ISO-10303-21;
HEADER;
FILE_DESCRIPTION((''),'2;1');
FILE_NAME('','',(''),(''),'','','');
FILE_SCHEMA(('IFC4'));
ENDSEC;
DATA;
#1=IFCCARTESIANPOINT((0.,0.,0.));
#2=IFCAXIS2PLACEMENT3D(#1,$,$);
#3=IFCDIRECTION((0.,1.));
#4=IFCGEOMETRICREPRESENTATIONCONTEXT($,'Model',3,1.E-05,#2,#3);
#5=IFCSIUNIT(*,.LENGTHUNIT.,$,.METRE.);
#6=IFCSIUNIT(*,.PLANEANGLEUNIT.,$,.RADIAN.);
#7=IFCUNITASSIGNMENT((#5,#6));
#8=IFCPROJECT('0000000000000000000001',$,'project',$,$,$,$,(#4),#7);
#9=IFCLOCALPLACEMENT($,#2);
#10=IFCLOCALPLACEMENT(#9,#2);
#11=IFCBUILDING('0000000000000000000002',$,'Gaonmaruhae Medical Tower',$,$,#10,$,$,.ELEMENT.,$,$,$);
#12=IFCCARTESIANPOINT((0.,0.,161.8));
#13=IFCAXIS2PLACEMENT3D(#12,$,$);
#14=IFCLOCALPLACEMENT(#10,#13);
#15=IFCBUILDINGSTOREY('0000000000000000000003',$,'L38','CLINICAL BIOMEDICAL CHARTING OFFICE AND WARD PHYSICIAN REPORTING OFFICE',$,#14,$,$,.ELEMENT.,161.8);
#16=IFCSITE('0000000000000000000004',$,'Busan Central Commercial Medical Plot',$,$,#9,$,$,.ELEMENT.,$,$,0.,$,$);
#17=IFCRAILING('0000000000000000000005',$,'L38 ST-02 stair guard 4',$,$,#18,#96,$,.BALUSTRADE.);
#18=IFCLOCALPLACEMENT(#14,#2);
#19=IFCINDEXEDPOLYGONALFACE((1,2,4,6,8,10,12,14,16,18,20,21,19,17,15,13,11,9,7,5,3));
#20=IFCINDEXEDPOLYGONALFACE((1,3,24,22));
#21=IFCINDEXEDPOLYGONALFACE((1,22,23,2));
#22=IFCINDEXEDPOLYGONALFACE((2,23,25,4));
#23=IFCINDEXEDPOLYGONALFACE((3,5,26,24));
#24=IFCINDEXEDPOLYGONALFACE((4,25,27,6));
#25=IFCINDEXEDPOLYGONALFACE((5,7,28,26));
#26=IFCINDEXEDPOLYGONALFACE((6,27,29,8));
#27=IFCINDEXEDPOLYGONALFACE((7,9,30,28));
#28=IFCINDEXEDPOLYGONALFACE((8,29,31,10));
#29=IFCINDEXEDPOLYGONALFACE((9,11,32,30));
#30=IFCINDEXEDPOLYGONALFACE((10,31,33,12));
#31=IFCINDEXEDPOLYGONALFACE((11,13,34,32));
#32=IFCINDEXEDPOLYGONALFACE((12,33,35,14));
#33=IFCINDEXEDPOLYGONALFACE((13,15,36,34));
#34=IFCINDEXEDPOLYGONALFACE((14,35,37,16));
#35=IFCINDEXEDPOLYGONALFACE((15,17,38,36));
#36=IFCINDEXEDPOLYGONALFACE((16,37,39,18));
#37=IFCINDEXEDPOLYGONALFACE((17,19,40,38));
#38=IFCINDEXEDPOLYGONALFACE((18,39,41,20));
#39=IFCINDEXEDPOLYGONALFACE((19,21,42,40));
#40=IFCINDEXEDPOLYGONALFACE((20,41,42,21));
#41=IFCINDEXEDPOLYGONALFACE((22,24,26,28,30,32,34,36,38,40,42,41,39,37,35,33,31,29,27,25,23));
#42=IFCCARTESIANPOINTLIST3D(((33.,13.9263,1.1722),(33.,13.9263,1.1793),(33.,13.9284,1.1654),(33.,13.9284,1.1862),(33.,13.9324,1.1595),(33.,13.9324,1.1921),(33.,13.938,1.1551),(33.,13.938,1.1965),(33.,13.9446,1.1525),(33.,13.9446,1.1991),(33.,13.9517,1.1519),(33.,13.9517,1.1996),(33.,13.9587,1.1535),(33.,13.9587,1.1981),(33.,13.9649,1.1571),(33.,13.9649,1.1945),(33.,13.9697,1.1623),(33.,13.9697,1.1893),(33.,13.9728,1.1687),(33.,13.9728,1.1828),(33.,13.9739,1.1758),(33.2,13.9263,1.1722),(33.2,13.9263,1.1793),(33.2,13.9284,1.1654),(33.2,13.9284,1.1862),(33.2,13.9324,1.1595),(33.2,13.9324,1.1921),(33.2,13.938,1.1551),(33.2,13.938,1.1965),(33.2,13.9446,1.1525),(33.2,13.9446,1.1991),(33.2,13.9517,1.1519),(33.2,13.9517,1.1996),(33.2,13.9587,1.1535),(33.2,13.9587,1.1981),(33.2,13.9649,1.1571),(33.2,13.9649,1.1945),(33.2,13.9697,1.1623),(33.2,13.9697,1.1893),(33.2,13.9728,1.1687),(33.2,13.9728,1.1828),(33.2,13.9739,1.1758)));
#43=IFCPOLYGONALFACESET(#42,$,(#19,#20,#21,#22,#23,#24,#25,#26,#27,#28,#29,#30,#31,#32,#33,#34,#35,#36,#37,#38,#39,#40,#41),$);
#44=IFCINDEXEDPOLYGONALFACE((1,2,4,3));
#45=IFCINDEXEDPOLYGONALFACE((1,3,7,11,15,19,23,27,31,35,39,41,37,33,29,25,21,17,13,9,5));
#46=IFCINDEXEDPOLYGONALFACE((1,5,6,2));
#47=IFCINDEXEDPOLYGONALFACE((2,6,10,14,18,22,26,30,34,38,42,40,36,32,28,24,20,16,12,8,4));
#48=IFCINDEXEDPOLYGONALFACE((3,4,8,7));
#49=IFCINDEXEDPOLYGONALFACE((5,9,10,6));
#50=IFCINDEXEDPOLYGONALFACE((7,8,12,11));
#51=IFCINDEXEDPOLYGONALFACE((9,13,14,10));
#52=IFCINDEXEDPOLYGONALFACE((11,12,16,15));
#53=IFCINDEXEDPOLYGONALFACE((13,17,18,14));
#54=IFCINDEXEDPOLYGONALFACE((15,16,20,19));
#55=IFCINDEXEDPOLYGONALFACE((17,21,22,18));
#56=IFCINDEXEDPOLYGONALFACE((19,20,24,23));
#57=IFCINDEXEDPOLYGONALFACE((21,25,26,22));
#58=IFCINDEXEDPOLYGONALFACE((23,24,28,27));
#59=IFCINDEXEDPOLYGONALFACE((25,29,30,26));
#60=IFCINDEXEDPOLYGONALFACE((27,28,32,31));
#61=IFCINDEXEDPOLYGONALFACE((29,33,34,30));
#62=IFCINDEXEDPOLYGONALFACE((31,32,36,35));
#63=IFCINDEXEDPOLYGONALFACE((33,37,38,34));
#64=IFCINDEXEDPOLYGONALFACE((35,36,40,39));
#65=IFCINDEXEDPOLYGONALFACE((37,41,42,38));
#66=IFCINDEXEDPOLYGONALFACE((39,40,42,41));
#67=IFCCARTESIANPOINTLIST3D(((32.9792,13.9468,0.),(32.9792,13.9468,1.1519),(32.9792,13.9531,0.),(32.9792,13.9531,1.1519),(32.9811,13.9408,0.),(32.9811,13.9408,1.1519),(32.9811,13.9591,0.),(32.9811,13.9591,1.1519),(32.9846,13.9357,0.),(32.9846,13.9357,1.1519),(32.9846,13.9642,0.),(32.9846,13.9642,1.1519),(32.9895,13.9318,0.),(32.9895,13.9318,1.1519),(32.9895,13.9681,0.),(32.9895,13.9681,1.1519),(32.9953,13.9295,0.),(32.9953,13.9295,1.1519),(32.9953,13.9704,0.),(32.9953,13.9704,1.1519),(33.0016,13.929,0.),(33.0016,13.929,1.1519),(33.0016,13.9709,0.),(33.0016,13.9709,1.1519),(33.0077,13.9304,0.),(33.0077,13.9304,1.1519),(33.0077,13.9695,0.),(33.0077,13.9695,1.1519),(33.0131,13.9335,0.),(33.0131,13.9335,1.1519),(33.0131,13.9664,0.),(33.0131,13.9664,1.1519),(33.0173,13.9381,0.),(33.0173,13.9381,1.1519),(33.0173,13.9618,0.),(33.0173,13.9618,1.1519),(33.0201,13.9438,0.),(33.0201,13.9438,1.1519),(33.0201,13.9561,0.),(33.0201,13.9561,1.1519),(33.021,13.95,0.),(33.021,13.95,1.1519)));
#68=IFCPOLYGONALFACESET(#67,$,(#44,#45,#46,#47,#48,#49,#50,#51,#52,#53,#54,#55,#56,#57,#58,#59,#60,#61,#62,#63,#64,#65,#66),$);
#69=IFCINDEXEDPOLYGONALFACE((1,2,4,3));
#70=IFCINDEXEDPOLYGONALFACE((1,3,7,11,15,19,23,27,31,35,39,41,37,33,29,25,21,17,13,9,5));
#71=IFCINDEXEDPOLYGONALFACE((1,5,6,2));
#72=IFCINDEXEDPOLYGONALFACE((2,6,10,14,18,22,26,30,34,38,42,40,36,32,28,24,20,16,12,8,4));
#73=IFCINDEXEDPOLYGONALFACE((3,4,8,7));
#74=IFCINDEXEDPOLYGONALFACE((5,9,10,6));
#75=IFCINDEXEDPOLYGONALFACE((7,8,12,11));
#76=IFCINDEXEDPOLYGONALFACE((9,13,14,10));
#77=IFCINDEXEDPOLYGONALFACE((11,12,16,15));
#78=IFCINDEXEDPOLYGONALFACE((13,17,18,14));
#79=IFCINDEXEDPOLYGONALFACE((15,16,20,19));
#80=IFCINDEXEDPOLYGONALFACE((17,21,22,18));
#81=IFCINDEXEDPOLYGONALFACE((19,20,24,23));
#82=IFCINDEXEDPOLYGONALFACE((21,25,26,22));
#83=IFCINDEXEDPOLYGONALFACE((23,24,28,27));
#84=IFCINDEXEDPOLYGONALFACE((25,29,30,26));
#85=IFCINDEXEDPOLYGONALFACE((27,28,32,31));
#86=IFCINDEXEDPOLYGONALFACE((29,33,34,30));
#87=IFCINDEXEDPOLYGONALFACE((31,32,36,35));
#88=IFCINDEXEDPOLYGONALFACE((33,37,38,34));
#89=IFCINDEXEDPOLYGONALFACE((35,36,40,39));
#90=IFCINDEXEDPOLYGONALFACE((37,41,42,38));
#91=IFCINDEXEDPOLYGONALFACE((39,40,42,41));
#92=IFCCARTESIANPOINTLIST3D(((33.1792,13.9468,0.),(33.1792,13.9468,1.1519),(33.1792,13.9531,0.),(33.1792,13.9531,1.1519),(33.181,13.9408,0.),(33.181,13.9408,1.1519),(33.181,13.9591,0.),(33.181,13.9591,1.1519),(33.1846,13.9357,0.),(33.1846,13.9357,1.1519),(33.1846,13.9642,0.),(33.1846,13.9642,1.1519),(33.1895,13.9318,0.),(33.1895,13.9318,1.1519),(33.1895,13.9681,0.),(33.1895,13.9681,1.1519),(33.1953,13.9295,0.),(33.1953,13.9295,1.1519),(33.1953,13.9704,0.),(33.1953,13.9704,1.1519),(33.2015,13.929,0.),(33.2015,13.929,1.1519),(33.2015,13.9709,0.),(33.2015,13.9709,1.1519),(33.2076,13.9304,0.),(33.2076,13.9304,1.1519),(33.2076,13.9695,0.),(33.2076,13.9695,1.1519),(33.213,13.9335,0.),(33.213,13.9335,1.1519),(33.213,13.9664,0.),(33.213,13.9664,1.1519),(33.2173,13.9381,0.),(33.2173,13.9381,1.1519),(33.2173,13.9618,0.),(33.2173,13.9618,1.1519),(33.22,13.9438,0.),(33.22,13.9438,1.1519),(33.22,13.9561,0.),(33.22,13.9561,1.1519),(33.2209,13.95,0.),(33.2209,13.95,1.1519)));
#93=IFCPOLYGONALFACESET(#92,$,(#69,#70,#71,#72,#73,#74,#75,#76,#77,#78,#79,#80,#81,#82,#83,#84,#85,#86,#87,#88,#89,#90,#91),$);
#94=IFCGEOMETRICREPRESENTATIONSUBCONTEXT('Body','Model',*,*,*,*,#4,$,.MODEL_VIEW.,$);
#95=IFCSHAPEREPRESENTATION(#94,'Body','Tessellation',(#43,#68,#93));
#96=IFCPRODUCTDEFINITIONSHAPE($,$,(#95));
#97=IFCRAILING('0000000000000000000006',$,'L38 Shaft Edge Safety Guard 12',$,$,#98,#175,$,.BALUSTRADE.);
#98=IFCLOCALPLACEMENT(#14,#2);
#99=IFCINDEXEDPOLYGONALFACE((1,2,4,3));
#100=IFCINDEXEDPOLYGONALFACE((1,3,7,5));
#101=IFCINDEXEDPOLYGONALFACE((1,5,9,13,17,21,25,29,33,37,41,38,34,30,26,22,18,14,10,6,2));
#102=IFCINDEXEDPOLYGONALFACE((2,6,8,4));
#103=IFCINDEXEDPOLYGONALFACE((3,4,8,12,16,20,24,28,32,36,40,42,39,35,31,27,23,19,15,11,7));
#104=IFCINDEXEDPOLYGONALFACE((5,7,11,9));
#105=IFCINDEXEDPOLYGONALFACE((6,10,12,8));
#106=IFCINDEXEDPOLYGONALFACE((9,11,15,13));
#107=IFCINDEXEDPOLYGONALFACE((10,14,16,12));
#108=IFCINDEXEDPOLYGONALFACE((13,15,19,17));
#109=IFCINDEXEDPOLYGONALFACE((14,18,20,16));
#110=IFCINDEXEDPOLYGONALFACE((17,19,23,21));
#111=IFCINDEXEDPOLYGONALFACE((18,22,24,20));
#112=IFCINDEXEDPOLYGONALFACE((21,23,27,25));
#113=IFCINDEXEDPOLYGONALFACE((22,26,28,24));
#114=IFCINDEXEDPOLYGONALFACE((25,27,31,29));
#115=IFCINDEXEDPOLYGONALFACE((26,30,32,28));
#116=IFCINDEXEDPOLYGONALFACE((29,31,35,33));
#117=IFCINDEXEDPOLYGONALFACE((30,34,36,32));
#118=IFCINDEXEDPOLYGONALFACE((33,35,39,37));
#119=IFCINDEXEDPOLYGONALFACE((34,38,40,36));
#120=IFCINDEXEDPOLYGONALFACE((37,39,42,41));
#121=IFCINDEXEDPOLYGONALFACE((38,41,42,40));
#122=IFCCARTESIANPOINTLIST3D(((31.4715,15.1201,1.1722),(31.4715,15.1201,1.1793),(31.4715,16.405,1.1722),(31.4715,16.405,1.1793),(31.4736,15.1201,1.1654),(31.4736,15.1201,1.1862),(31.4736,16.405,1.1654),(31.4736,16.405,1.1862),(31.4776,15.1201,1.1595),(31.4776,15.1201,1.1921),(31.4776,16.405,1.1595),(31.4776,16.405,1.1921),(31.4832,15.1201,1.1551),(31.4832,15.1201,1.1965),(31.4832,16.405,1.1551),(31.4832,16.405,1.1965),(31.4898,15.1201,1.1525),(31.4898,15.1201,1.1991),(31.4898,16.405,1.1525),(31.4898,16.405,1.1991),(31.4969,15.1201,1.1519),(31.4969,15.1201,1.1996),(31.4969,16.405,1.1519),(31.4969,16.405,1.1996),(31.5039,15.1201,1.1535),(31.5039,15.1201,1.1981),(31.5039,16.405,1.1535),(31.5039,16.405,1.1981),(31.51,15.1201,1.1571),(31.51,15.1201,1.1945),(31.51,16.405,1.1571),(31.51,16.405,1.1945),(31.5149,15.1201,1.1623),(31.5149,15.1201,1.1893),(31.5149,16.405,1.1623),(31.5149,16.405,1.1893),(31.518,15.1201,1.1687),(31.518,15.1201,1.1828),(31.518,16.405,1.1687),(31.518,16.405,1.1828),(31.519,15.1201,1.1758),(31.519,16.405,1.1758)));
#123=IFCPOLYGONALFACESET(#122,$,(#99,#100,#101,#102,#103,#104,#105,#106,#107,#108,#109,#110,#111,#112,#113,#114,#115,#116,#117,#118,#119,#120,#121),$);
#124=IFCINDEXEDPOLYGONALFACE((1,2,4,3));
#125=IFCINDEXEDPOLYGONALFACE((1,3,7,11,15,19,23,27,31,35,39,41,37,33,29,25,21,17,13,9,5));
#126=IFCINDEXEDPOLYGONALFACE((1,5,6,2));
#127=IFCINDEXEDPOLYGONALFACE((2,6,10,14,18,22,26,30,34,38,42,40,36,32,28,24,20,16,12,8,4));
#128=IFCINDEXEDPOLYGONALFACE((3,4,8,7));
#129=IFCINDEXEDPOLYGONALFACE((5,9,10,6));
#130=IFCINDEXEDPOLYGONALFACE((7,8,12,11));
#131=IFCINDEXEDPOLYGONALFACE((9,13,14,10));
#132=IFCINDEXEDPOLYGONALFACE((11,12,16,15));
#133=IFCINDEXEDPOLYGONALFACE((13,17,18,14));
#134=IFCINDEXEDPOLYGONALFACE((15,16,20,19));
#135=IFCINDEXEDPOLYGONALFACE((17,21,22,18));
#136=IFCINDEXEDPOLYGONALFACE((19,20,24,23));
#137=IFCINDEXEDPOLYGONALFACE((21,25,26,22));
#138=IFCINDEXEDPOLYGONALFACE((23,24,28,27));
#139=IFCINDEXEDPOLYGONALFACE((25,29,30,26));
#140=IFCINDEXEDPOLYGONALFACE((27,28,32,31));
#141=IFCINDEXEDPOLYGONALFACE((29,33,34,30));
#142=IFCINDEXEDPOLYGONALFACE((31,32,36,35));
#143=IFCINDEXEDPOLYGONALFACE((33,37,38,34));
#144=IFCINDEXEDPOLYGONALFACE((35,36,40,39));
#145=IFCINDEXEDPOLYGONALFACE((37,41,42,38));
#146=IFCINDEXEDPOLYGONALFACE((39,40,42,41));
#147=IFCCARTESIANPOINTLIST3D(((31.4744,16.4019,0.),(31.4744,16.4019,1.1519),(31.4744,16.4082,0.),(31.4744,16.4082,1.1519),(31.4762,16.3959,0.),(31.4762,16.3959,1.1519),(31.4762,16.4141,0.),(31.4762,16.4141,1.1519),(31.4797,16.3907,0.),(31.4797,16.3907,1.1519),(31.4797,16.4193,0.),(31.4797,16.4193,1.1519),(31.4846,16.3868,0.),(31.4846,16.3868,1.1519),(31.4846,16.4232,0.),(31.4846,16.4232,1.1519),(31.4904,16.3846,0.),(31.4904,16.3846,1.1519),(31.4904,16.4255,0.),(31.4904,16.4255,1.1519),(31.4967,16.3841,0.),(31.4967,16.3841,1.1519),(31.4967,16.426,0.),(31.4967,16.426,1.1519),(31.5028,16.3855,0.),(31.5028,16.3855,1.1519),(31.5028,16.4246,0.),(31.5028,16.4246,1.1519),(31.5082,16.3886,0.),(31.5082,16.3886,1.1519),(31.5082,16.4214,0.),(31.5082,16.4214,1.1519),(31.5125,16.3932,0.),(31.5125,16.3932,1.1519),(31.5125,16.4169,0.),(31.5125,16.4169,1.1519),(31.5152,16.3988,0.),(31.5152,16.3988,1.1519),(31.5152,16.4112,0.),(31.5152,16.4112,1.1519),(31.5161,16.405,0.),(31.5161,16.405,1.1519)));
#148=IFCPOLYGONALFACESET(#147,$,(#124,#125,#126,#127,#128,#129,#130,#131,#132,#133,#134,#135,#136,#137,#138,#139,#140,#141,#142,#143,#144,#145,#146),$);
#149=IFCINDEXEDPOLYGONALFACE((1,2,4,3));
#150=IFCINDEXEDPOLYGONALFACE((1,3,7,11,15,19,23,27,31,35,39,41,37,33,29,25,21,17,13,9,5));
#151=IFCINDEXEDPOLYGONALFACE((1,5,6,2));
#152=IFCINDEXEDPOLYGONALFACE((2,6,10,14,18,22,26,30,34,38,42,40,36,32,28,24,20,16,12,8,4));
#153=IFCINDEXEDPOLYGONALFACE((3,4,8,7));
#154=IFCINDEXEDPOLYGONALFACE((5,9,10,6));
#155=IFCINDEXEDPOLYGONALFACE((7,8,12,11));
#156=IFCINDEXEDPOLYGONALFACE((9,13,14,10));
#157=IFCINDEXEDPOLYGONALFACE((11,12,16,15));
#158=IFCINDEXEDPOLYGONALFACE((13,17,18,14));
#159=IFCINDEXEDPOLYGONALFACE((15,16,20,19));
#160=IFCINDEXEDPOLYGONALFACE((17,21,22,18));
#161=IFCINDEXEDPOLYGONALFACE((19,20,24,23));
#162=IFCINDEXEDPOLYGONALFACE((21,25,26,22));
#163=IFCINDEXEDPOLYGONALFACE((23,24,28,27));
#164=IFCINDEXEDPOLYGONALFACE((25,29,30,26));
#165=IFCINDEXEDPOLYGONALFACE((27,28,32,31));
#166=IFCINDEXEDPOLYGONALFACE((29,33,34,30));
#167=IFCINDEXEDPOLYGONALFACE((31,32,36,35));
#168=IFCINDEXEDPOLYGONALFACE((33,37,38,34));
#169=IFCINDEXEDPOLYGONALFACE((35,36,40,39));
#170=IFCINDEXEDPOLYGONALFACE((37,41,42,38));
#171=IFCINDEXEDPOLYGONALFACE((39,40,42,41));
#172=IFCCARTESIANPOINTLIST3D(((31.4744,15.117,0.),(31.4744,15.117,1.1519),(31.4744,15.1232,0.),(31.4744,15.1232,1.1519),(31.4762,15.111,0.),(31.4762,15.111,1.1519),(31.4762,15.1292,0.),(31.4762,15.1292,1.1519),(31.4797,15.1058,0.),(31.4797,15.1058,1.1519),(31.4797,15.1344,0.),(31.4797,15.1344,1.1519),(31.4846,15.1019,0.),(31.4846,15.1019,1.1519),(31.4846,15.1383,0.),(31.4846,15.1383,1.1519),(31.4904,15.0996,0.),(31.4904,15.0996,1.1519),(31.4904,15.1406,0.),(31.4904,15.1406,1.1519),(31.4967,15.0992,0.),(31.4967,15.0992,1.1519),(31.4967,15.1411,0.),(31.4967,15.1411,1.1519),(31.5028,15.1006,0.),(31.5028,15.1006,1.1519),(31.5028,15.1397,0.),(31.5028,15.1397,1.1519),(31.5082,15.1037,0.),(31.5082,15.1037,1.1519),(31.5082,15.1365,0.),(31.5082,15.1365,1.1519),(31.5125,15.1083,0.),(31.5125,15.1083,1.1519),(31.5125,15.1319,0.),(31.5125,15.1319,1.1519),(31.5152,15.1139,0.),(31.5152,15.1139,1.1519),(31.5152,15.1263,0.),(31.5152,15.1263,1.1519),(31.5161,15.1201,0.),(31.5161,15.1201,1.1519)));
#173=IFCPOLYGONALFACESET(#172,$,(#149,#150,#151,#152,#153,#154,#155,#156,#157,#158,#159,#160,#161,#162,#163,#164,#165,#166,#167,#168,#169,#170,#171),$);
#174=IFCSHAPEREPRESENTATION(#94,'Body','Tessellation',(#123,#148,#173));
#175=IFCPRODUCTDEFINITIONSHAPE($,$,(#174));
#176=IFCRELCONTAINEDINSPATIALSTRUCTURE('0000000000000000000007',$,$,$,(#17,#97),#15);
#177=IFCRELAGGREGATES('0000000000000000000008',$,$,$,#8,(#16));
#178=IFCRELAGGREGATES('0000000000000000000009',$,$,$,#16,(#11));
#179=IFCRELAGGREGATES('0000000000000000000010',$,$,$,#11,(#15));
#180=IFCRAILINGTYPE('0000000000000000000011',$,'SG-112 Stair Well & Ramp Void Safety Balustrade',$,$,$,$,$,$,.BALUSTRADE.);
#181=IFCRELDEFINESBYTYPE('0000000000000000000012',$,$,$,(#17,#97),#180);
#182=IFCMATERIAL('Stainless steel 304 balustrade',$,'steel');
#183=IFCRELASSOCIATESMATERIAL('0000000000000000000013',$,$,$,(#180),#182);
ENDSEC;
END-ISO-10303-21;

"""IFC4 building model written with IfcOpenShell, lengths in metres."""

from ifc_helpers import new_model, si_unit, direction, frame, origin, origin_2d, place, context, subcontext, project, spatial, circle, extrude, material, type_object, element, save


model = new_model("IFC4")

# Units and contexts
model_context = context("Model", 3, precision=1e-05, world=origin(), true_north=direction((0.0, 1.0)))
body_context = subcontext(model_context, "Body", "Model", "MODEL_VIEW")
ifc_project = project(units=[si_unit("LENGTHUNIT", "METRE"), si_unit("PLANEANGLEUNIT", "RADIAN")], contexts=[model_context])

# Site, building, storey
site_placement = place(None, origin())
site = spatial("IfcSite", under=ifc_project, at=site_placement, Name="Busan Central Commercial Medical Plot", CompositionType="ELEMENT", RefElevation=0.0)
building_placement = place(site_placement, origin())
building = spatial("IfcBuilding", under=site, at=building_placement, Name="Gaonmaruhae Medical Tower", CompositionType="ELEMENT")
storey_placement = place(building_placement, frame((0.0, 0.0, 161.8)))
storey = spatial("IfcBuildingStorey", under=building, at=storey_placement, Name="L38", Description="CLINICAL BIOMEDICAL CHARTING OFFICE AND WARD PHYSICIAN REPORTING OFFICE", CompositionType="ELEMENT", Elevation=161.8)

# Railings
ifc_material_1 = material(Name="Stainless steel 304 balustrade", Category="steel")
railing_type_1 = type_object("IfcRailingType", Name="SG-112 Stair Well & Ramp Void Safety Balustrade", PredefinedType="BALUSTRADE", material=ifc_material_1)
railing_1_placement = place(storey_placement, frame((33.0, 13.95, 0.0)))
element("IfcRailing", 1, at=railing_1_placement, inside=storey, type_object=railing_type_1, Name="L38 ST-02 stair guard 4", PredefinedType="BALUSTRADE", context=body_context, shape_type="SweptSolid", body=[
    extrude(circle(Radius=0.0239, at=origin_2d()), frame((0.0, 0.0, 1.1758), z_axis=(1.0, 0.0, 0.0), x_axis=(0.0, 1.0, 0.0)), (0.0, 0.0, 1.0), 0.2),
    extrude(circle(Radius=0.021, at=origin_2d()), origin(), (0.0, 0.0, 1.0), 1.1519),
    extrude(circle(Radius=0.021, at=origin_2d()), frame((0.2, 0.0, 0.0)), (0.0, 0.0, 1.0), 1.1519),
])
railing_2_placement = place(storey_placement, frame((31.4951, 16.405, 0.0)))
element("IfcRailing", 2, at=railing_2_placement, inside=storey, type_object=railing_type_1, Name="L38 Shaft Edge Safety Guard 12", PredefinedType="BALUSTRADE", context=body_context, shape_type="SweptSolid", body=[
    extrude(circle(Radius=0.0239, at=origin_2d()), frame((0.0, 0.0, 1.1758), z_axis=(0.0, -1.0, 0.0), x_axis=(1.0, 0.0, 0.0)), (0.0, 0.0, 1.0), 1.2849),
    extrude(circle(Radius=0.021, at=origin_2d()), origin(), (0.0, 0.0, 1.0), 1.1519),
    extrude(circle(Radius=0.021, at=origin_2d()), frame((0.0, -1.2849, 0.0)), (0.0, 0.0, 1.0), 1.1519),
])

save(model, "model.ifc")
